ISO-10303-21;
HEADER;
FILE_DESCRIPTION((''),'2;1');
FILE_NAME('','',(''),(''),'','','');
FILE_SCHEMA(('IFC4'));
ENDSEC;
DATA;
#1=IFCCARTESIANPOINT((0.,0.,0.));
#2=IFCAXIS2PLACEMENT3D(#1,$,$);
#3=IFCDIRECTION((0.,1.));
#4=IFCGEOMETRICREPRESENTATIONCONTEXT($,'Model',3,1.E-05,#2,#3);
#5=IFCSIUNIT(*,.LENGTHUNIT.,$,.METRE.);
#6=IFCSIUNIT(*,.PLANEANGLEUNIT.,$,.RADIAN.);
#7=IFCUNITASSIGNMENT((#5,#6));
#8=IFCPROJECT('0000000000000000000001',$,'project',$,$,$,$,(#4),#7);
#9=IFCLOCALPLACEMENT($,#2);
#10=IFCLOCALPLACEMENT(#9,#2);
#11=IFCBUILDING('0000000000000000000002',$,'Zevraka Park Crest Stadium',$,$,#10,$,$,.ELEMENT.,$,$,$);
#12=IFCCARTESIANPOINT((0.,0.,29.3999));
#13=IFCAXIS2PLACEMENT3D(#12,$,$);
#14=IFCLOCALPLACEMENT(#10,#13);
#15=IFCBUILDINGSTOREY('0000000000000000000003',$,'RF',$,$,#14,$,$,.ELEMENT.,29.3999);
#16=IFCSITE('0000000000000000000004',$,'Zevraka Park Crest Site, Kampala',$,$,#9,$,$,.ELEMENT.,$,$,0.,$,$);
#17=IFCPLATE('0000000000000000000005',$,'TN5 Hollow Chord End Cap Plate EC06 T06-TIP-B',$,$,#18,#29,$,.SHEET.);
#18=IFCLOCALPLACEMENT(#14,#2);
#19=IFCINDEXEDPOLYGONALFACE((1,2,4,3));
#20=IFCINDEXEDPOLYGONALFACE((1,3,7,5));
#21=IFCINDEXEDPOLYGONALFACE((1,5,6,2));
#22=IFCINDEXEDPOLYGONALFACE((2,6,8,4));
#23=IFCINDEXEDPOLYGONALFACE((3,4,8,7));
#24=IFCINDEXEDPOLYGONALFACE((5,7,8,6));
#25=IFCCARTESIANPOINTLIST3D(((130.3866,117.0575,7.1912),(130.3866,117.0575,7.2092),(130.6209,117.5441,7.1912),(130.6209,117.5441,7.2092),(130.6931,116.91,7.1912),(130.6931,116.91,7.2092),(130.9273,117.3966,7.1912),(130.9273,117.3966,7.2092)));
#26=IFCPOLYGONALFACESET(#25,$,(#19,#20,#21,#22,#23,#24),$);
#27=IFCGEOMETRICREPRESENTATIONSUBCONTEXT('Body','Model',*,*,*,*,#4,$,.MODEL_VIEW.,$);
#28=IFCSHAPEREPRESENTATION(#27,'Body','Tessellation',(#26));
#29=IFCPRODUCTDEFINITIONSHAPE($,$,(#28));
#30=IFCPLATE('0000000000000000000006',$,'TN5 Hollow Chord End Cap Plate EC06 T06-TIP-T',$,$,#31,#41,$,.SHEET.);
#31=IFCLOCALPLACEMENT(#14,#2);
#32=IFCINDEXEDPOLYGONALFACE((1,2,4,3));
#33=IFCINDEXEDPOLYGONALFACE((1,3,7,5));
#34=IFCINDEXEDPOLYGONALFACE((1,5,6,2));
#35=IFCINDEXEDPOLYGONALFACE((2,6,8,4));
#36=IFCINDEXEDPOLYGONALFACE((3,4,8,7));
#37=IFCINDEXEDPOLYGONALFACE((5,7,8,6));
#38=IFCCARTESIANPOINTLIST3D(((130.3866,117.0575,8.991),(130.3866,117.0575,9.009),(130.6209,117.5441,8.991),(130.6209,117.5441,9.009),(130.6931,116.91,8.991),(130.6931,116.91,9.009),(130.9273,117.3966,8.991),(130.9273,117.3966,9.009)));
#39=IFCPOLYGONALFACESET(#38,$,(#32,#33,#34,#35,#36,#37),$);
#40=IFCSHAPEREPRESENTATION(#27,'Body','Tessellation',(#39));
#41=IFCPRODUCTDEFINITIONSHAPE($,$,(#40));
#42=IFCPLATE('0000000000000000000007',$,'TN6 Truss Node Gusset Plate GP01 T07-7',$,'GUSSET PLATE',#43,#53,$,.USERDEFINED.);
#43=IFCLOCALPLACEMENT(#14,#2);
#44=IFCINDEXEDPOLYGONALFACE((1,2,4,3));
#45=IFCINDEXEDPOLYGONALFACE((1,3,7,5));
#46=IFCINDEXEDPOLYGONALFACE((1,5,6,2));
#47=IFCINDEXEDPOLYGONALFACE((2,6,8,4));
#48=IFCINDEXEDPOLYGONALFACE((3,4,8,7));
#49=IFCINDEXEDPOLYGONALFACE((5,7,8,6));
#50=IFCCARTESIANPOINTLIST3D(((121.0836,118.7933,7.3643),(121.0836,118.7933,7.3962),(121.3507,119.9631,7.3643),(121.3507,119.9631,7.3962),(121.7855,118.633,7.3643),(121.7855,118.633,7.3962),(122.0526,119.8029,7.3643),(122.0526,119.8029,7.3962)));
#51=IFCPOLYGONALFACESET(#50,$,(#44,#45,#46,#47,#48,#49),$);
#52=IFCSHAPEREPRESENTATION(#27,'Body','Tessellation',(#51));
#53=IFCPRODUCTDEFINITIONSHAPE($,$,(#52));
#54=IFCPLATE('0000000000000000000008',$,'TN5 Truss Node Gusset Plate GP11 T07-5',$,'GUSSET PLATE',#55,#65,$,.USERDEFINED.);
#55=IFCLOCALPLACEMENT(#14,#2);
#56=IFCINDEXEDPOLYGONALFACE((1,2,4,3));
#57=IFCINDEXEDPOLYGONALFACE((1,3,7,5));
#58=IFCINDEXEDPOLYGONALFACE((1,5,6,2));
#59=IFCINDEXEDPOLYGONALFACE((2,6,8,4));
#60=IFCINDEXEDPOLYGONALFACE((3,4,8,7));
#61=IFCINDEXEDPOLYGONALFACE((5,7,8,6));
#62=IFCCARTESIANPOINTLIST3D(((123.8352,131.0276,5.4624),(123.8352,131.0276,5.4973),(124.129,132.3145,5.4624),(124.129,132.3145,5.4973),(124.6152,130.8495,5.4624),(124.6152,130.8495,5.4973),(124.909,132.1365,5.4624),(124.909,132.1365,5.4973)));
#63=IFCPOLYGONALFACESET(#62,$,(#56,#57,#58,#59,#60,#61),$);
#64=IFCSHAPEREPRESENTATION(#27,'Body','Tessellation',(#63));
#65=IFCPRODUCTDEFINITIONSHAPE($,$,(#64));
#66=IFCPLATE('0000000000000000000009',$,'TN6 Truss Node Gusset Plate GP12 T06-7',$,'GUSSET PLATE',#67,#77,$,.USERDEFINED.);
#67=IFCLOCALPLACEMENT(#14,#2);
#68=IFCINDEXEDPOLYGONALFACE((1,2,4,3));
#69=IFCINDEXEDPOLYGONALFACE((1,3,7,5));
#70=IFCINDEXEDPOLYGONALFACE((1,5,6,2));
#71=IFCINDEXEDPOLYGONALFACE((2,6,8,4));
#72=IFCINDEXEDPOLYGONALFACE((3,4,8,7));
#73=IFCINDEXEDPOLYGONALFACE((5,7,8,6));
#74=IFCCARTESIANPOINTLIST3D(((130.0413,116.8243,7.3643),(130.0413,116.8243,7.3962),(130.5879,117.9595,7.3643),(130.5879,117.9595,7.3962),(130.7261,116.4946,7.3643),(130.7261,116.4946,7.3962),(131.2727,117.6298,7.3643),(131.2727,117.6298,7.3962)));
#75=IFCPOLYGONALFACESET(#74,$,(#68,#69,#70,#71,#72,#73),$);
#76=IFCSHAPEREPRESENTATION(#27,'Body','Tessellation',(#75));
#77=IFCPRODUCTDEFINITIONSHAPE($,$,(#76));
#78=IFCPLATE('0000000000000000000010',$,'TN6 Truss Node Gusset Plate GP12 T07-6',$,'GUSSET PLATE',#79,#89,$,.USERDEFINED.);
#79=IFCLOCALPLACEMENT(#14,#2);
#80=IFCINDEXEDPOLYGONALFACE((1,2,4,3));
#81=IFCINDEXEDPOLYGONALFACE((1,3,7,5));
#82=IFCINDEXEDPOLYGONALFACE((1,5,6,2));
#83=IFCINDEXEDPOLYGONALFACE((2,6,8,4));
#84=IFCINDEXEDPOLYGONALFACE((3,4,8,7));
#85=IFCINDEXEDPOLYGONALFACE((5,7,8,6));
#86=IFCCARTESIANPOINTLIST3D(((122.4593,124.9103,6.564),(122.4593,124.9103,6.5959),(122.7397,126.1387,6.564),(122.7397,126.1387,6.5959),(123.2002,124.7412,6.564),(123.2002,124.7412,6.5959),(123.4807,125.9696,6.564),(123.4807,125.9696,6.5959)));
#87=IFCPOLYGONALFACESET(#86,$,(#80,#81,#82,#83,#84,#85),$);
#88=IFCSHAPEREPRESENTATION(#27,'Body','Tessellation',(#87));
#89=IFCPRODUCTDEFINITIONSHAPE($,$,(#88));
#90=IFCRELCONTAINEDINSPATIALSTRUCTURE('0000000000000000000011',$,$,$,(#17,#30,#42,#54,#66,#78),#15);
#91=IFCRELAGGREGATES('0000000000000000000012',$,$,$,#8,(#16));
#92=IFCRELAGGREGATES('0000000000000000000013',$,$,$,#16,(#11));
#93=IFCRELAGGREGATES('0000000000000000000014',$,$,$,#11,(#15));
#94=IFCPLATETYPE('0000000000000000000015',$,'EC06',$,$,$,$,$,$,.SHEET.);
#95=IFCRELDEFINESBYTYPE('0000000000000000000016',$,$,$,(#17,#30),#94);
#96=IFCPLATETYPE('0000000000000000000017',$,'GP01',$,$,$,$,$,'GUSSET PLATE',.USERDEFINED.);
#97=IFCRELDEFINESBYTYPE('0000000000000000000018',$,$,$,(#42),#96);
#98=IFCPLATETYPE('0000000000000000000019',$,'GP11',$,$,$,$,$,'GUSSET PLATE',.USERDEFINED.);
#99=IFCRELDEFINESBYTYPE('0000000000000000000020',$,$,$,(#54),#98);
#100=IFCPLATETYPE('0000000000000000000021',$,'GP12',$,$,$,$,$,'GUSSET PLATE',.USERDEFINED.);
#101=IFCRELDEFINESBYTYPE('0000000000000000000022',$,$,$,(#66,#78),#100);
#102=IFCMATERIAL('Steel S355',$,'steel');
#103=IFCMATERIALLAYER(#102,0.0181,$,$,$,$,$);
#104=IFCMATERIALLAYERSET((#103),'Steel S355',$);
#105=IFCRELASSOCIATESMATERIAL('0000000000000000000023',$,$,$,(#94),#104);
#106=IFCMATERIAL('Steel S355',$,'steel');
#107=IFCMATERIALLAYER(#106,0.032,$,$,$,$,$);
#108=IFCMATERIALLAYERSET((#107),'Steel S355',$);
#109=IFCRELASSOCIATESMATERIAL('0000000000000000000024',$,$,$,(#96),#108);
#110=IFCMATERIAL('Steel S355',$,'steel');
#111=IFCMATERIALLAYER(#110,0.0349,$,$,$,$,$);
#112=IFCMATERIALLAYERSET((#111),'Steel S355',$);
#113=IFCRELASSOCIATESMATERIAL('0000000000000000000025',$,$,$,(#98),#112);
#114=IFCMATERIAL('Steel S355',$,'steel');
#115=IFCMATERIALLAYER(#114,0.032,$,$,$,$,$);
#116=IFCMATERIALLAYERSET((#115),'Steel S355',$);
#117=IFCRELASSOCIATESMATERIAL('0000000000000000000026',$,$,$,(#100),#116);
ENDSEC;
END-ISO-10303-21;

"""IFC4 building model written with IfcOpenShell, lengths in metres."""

from ifc_helpers import new_model, si_unit, direction, frame, origin, origin_2d, place, context, subcontext, project, spatial, rectangle, extrude, material, layer, layer_set, type_object, element, save


model = new_model("IFC4")

# Units and contexts
model_context = context("Model", 3, precision=1e-05, world=origin(), true_north=direction((0.0, 1.0)))
body_context = subcontext(model_context, "Body", "Model", "MODEL_VIEW")
ifc_project = project(units=[si_unit("LENGTHUNIT", "METRE"), si_unit("PLANEANGLEUNIT", "RADIAN")], contexts=[model_context])

# Site, building, storey
site_placement = place(None, origin())
site = spatial("IfcSite", under=ifc_project, at=site_placement, Name="Zevraka Park Crest Site, Kampala", CompositionType="ELEMENT", RefElevation=0.0)
building_placement = place(site_placement, origin())
building = spatial("IfcBuilding", under=site, at=building_placement, Name="Zevraka Park Crest Stadium", CompositionType="ELEMENT")
storey_placement = place(building_placement, frame((0.0, 0.0, 29.3999)))
storey = spatial("IfcBuildingStorey", under=building, at=storey_placement, Name="RF", CompositionType="ELEMENT", Elevation=29.3999)

# Plates
ifc_material_1 = material(Name="Steel S355", Category="steel")
ifc_layer_1 = layer(ifc_material_1, 0.0181)
ifc_layer_set_1 = layer_set([ifc_layer_1], Name="Steel S355")
plate_type_1 = type_object("IfcPlateType", Name="EC06", PredefinedType="SHEET", material=ifc_layer_set_1)
for number, where, z_axis, x_axis, name in (
    (1, (130.657, 117.2271, 7.1912), (0.0, 0.0, 1.0), (0.433816, 0.901001, 0.0), "TN5 Hollow Chord End Cap Plate EC06 T06-TIP-B"),
    (2, (130.657, 117.2271, 8.991), (0.0, 0.0, 1.0), (0.433816, 0.901001, 0.0), "TN5 Hollow Chord End Cap Plate EC06 T06-TIP-T"),
):
    element("IfcPlate", number, at=place(storey_placement, frame(where, z_axis=z_axis, x_axis=x_axis)), inside=storey, type_object=plate_type_1, Name=name, PredefinedType="SHEET", context=body_context, shape_type="SweptSolid", body=[
        extrude(rectangle(XDim=0.54, YDim=0.3401, at=origin_2d()), origin(), (0.0, 0.0, 1.0), 0.0181),
    ])
ifc_material_2 = material(Name="Steel S355", Category="steel")
ifc_layer_2 = layer(ifc_material_2, 0.032)
ifc_layer_set_2 = layer_set([ifc_layer_2], Name="Steel S355")
plate_type_2 = type_object("IfcPlateType", Name="GP01", ElementType="GUSSET PLATE", PredefinedType="USERDEFINED", material=ifc_layer_set_2)
plate_1_placement = place(storey_placement, frame((121.5681, 119.2981, 7.3643), z_axis=(0.0, 0.0, 1.0), x_axis=(0.22257, 0.974917, 0.0)))
element("IfcPlate", 3, at=plate_1_placement, inside=storey, type_object=plate_type_2, Name="TN6 Truss Node Gusset Plate GP01 T07-7", ObjectType="GUSSET PLATE", PredefinedType="USERDEFINED", context=body_context, shape_type="SweptSolid", body=[
    extrude(rectangle(XDim=1.2, YDim=0.72, at=origin_2d()), origin(), (0.0, 0.0, 1.0), 0.032),
])
ifc_material_3 = material(Name="Steel S355", Category="steel")
ifc_layer_3 = layer(ifc_material_3, 0.0349)
ifc_layer_set_3 = layer_set([ifc_layer_3], Name="Steel S355")
plate_type_3 = type_object("IfcPlateType", Name="GP11", ElementType="GUSSET PLATE", PredefinedType="USERDEFINED", material=ifc_layer_set_3)
plate_2_placement = place(storey_placement, frame((124.3721, 131.582, 5.4624), z_axis=(0.0, 0.0, 1.0), x_axis=(0.22257, 0.974917, 0.0)))
element("IfcPlate", 4, at=plate_2_placement, inside=storey, type_object=plate_type_3, Name="TN5 Truss Node Gusset Plate GP11 T07-5", ObjectType="GUSSET PLATE", PredefinedType="USERDEFINED", context=body_context, shape_type="SweptSolid", body=[
    extrude(rectangle(XDim=1.3201, YDim=0.8, at=origin_2d()), origin(), (0.0, 0.0, 1.0), 0.0349),
])
ifc_material_4 = material(Name="Steel S355", Category="steel")
ifc_layer_4 = layer(ifc_material_4, 0.032)
ifc_layer_set_4 = layer_set([ifc_layer_4], Name="Steel S355")
plate_type_4 = type_object("IfcPlateType", Name="GP12", ElementType="GUSSET PLATE", PredefinedType="USERDEFINED", material=ifc_layer_set_4)
for number, where, z_axis, x_axis, name in (
    (5, (130.657, 117.2271, 7.3643), (0.0, 0.0, 1.0), (0.433816, 0.901001, 0.0), "TN6 Truss Node Gusset Plate GP12 T06-7"),
    (6, (122.97, 125.4399, 6.564), (0.0, 0.0, 1.0), (0.22257, 0.974917, 0.0), "TN6 Truss Node Gusset Plate GP12 T07-6"),
):
    element("IfcPlate", number, at=place(storey_placement, frame(where, z_axis=z_axis, x_axis=x_axis)), inside=storey, type_object=plate_type_4, Name=name, ObjectType="GUSSET PLATE", PredefinedType="USERDEFINED", context=body_context, shape_type="SweptSolid", body=[
        extrude(rectangle(XDim=1.26, YDim=0.76, at=origin_2d()), origin(), (0.0, 0.0, 1.0), 0.032),
    ])

save(model, "model.ifc")
